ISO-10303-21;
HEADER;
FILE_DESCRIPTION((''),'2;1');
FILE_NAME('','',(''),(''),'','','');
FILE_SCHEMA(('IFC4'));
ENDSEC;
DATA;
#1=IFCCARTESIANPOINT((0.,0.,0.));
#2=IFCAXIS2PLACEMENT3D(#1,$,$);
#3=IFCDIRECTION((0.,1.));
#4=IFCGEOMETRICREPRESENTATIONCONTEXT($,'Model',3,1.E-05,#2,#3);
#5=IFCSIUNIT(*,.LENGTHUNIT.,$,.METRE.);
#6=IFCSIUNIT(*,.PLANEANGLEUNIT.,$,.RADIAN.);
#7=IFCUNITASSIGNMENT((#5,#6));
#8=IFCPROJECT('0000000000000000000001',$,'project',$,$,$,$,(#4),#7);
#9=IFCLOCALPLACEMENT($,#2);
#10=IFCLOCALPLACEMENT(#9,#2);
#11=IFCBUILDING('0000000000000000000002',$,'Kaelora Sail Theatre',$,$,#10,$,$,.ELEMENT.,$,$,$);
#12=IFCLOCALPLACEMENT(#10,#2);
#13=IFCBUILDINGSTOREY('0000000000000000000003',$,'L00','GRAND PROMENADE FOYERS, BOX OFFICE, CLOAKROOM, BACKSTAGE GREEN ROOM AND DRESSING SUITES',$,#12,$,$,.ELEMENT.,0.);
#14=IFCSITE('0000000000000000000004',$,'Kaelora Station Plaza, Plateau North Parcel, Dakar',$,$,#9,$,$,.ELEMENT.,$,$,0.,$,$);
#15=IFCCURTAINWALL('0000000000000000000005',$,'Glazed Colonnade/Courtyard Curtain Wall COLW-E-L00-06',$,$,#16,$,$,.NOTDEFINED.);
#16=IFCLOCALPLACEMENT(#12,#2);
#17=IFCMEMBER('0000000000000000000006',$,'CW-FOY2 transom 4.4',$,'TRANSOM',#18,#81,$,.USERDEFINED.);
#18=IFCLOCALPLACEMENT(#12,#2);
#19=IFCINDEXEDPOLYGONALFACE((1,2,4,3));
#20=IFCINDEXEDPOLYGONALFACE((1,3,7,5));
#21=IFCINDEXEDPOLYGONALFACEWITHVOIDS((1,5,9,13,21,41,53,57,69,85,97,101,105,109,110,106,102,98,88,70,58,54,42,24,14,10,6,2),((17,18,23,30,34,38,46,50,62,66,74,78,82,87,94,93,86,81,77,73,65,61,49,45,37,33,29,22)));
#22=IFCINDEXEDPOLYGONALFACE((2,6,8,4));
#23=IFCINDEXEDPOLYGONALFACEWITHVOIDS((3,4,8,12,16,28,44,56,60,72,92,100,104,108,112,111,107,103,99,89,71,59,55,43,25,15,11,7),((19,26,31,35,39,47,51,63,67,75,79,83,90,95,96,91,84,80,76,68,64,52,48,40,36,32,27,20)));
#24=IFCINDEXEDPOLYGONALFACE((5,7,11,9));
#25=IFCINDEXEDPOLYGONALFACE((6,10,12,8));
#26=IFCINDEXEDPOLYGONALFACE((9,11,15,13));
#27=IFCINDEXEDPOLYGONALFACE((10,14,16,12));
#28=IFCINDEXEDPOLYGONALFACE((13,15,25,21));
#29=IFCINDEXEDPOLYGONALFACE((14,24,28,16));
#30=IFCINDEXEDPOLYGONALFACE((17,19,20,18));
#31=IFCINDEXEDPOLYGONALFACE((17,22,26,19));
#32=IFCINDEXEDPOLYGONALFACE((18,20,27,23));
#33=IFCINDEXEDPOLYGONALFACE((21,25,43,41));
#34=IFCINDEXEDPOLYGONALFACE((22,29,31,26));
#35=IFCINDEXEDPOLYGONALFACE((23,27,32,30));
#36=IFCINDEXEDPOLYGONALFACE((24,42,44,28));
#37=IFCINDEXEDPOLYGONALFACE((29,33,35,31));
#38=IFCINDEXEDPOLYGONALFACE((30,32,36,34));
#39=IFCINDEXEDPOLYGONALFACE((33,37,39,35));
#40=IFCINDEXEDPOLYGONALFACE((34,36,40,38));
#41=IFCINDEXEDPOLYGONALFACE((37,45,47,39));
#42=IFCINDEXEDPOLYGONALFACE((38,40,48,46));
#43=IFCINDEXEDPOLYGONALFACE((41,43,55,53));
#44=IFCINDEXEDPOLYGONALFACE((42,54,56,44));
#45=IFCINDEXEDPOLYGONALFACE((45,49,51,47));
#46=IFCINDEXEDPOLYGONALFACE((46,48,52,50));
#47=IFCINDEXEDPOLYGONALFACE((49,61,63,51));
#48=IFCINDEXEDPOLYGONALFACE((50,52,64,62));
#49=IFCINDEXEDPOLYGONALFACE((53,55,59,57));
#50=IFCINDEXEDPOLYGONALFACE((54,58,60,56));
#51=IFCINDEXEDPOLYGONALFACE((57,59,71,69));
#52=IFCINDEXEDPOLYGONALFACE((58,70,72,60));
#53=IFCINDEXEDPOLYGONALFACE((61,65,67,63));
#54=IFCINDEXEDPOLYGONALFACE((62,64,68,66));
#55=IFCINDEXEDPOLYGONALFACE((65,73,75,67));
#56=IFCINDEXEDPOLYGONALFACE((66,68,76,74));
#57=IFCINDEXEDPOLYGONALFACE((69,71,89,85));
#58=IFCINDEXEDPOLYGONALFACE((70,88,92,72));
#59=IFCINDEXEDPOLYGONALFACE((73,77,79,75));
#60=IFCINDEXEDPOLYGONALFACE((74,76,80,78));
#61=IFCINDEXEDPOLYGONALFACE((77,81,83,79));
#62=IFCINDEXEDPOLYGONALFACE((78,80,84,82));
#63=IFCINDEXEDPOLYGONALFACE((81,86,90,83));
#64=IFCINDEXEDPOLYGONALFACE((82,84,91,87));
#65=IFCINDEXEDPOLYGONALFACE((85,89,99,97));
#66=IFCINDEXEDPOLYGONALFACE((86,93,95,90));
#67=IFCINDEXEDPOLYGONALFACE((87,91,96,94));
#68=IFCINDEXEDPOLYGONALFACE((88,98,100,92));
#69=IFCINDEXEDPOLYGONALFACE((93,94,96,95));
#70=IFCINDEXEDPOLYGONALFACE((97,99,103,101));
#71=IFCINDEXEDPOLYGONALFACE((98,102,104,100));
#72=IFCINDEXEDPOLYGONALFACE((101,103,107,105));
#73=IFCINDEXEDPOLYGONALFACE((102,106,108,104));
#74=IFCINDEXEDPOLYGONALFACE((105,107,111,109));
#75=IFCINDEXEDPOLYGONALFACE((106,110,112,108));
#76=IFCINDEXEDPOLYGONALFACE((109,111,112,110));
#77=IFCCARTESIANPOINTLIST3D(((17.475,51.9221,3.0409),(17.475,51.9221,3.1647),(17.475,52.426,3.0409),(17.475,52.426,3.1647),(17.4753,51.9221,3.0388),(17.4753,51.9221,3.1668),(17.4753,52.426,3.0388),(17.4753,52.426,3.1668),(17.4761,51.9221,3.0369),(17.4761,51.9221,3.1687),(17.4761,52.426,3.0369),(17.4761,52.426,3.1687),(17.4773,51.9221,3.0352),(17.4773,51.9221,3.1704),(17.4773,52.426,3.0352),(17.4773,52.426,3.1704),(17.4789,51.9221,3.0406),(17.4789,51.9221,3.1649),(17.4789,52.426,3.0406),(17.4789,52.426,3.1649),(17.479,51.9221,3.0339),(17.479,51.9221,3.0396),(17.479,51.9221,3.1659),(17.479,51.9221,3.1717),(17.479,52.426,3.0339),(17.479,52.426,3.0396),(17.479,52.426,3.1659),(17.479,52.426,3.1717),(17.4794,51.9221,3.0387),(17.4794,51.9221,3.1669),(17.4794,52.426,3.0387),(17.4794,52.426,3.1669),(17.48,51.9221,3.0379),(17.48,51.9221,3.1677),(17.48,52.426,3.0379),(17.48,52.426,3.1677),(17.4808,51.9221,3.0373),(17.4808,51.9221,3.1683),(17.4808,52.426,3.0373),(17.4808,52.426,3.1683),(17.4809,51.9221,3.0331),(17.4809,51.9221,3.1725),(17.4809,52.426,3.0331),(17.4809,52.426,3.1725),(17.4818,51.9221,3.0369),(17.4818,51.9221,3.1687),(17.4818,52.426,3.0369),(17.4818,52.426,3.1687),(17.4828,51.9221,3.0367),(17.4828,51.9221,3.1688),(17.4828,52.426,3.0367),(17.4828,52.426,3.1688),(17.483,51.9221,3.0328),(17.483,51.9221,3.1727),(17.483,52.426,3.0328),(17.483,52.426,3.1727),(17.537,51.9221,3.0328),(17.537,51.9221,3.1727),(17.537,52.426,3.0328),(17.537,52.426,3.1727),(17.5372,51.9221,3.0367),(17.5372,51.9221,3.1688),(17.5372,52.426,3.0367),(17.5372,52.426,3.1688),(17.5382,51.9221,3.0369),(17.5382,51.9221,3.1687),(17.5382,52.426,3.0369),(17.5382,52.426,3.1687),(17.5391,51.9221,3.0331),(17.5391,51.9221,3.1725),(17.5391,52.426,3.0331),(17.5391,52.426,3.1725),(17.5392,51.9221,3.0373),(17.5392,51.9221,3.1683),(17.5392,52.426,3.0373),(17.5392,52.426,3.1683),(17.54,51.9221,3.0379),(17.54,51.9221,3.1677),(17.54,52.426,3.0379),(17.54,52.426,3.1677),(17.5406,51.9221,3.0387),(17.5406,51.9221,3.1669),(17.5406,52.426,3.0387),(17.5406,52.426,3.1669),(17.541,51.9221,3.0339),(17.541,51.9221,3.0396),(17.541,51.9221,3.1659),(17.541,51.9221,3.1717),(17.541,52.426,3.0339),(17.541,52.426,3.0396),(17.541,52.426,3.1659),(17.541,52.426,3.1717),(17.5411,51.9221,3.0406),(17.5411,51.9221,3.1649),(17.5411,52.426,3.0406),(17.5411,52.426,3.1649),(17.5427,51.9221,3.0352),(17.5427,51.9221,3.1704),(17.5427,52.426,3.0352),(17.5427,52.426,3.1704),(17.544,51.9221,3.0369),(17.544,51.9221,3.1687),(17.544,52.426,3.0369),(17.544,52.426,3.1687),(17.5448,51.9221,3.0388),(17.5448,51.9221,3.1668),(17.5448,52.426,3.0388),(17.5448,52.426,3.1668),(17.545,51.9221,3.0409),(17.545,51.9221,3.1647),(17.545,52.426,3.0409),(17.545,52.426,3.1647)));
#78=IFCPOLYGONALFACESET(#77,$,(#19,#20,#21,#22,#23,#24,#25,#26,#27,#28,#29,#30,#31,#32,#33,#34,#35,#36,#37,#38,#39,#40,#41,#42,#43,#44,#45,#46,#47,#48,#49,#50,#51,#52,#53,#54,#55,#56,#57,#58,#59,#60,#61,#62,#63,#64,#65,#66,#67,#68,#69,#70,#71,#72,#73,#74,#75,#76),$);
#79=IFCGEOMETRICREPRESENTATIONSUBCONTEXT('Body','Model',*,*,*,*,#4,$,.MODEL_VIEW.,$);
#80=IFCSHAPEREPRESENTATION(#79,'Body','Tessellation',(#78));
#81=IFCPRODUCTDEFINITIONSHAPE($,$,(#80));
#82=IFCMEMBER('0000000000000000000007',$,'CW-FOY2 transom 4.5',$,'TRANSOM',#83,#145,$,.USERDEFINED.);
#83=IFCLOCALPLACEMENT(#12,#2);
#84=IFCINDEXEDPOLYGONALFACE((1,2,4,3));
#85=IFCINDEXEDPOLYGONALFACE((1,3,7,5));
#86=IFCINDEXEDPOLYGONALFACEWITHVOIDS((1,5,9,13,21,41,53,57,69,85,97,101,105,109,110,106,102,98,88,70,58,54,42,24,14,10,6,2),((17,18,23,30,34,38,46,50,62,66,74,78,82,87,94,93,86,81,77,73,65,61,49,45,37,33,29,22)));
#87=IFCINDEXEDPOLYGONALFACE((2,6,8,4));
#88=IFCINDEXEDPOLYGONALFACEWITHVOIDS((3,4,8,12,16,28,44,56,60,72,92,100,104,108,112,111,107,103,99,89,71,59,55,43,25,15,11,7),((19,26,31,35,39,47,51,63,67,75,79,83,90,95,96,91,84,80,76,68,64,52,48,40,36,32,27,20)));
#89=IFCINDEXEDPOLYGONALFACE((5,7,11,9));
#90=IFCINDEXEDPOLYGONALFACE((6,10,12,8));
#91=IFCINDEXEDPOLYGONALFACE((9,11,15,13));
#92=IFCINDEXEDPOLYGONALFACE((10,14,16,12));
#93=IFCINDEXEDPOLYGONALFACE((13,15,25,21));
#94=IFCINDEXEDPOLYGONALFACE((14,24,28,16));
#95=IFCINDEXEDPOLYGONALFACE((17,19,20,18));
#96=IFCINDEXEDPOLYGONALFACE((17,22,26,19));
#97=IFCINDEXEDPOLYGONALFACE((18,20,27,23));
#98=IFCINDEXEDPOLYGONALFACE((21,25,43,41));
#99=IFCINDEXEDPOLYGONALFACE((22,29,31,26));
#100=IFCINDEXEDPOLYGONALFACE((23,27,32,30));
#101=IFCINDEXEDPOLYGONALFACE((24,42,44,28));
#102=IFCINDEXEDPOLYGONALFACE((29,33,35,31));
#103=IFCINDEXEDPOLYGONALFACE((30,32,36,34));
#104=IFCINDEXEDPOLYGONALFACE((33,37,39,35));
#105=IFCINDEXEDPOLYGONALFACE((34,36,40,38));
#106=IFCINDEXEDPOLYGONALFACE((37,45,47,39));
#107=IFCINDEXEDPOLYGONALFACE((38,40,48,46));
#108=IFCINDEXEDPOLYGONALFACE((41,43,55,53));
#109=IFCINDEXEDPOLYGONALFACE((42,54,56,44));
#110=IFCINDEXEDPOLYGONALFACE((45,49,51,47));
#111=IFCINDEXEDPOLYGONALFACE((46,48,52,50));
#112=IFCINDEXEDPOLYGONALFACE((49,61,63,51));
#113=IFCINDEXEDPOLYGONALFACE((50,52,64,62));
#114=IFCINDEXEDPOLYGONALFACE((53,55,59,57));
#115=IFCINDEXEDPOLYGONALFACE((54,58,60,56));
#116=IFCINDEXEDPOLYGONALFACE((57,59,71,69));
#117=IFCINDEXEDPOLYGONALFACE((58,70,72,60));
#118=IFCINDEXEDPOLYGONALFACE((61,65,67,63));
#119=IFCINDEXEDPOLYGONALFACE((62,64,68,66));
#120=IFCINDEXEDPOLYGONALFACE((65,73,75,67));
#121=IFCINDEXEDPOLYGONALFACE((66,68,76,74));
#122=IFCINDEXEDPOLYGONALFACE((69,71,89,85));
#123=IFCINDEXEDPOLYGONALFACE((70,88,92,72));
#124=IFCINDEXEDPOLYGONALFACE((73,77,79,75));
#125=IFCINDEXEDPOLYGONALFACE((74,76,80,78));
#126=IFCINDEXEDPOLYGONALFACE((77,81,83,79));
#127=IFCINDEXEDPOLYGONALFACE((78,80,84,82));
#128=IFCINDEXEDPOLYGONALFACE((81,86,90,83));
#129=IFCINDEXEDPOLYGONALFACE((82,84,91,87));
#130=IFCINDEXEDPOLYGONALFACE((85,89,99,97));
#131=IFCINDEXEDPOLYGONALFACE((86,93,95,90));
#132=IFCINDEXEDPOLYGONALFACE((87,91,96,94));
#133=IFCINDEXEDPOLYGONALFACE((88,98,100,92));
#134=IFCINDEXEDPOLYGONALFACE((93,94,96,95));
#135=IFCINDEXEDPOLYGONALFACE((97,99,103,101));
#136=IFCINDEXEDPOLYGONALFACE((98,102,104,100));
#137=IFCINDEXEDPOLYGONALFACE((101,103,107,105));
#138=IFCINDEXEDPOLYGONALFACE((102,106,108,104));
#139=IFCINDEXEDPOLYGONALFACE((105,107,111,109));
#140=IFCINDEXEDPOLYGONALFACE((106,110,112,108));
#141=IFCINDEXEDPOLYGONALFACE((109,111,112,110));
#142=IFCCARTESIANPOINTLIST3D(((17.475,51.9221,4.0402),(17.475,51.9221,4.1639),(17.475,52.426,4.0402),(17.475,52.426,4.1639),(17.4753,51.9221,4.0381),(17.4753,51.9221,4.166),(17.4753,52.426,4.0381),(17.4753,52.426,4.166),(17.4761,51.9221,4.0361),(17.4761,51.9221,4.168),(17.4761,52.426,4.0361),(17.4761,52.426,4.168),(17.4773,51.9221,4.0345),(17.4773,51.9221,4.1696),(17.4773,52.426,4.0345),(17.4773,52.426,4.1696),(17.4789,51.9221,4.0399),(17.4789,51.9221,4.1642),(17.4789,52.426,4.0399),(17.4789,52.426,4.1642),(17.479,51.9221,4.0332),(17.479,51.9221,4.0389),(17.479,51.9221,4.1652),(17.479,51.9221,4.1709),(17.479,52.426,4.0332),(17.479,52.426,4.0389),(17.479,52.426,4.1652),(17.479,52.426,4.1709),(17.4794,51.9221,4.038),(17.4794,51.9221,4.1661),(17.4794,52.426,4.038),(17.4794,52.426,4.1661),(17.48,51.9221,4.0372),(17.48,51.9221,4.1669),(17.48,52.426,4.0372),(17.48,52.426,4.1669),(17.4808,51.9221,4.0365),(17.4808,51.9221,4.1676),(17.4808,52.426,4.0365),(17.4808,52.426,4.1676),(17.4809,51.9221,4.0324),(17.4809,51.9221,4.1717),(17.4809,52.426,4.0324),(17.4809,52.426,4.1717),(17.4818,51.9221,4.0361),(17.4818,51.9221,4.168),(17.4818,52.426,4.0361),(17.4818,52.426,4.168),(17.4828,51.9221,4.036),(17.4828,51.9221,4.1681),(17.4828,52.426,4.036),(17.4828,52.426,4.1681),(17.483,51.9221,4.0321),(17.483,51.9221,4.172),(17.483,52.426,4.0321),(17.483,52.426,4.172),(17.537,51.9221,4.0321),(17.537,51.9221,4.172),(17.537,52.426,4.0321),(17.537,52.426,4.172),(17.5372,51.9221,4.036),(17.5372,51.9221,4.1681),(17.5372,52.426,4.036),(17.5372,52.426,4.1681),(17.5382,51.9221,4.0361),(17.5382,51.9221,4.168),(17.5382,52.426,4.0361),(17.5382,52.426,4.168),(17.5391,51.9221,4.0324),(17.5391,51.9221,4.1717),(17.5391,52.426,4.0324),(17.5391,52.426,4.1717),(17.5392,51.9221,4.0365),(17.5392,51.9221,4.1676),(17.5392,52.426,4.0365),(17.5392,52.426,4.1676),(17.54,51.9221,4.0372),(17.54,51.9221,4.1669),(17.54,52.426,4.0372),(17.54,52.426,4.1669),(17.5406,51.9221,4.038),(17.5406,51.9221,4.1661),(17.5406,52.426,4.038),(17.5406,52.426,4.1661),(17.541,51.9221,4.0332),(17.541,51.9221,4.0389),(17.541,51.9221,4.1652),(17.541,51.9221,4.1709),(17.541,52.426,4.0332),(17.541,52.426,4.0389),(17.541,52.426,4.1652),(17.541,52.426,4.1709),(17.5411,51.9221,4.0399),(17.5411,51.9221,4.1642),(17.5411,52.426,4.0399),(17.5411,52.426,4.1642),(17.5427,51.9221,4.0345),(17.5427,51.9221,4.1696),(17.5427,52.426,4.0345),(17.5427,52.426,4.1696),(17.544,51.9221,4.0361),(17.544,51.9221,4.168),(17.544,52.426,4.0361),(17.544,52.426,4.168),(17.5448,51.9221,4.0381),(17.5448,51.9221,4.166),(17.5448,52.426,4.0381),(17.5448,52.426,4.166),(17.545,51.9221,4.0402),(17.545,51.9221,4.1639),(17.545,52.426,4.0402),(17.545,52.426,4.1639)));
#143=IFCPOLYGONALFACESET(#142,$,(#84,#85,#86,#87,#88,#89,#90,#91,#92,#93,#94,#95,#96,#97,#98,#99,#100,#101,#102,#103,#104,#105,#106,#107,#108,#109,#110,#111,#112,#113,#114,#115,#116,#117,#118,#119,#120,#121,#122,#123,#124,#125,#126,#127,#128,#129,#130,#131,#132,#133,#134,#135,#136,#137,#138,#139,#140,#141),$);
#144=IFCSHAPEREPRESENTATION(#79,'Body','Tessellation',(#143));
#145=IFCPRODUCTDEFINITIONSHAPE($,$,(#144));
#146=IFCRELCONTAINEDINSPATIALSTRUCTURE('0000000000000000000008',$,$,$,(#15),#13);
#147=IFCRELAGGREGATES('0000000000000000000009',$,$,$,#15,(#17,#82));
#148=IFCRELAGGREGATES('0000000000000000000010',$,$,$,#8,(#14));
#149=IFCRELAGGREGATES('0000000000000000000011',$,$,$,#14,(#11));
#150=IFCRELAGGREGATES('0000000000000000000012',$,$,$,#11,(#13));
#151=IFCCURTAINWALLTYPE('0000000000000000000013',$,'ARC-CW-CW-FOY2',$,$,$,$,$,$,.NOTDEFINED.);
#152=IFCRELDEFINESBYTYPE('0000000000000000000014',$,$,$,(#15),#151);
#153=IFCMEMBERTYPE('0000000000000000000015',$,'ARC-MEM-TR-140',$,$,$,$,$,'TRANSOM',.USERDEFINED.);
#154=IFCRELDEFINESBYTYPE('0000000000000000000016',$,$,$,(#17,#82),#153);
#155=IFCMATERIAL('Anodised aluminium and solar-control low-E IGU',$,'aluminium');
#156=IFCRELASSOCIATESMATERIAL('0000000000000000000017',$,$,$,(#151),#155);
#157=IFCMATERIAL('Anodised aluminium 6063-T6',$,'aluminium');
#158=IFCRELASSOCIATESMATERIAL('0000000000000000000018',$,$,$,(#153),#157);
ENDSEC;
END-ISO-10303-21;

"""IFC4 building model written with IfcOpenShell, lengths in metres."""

from ifc_helpers import new_model, si_unit, direction, frame, origin, origin_2d, place, context, subcontext, project, spatial, hollow_rectangle, extrude, material, material_profile, profile_set, type_object, element, aggregate, save


model = new_model("IFC4")

# Units and contexts
model_context = context("Model", 3, precision=1e-05, world=origin(), true_north=direction((0.0, 1.0)))
body_context = subcontext(model_context, "Body", "Model", "MODEL_VIEW")
ifc_project = project(units=[si_unit("LENGTHUNIT", "METRE"), si_unit("PLANEANGLEUNIT", "RADIAN")], contexts=[model_context])

# Site, building, storey
site_placement = place(None, origin())
site = spatial("IfcSite", under=ifc_project, at=site_placement, Name="Kaelora Station Plaza, Plateau North Parcel, Dakar", CompositionType="ELEMENT", RefElevation=0.0)
building_placement = place(site_placement, origin())
building = spatial("IfcBuilding", under=site, at=building_placement, Name="Kaelora Sail Theatre", CompositionType="ELEMENT")
storey_placement = place(building_placement, origin())
storey = spatial("IfcBuildingStorey", under=building, at=storey_placement, Name="L00", Description="GRAND PROMENADE FOYERS, BOX OFFICE, CLOAKROOM, BACKSTAGE GREEN ROOM AND DRESSING SUITES", CompositionType="ELEMENT", Elevation=0.0)

# Curtain wall, members
ifc_material_1 = material(Name="Anodised aluminium and solar-control low-E IGU", Category="aluminium")
curtain_wall_type = type_object("IfcCurtainWallType", Name="ARC-CW-CW-FOY2", PredefinedType="NOTDEFINED", material=ifc_material_1)
curtain_wall_placement = place(storey_placement, origin())
curtain_wall = element("IfcCurtainWall", 1, at=curtain_wall_placement, inside=storey, type_object=curtain_wall_type, Name="Glazed Colonnade/Courtyard Curtain Wall COLW-E-L00-06", PredefinedType="NOTDEFINED")
ifc_material_2 = material(Name="Anodised aluminium 6063-T6", Category="aluminium")
ifc_material_profile_1 = material_profile(ifc_material_2, hollow_rectangle(XDim=0.0701, YDim=0.1399, WallThickness=0.0039, InnerFilletRadius=0.0039, OuterFilletRadius=0.0081, at=origin_2d()), Name="ALU-TRAN 70x140x4")
ifc_profile_set_1 = profile_set([ifc_material_profile_1], Name="Anodised aluminium 6063-T6")
member_type_1 = type_object("IfcMemberType", Name="ARC-MEM-TR-140", ElementType="TRANSOM", PredefinedType="USERDEFINED", material=ifc_profile_set_1)
member_1_placement = place(storey_placement, frame((17.51, 51.9221, 3.1028), z_axis=(0.0, 1.0, 0.0), x_axis=(-1.0, 0.0, 0.0)))
member_1 = element("IfcMember", 2, at=member_1_placement, type_object=member_type_1, Name="CW-FOY2 transom 4.4", ObjectType="TRANSOM", PredefinedType="USERDEFINED", context=body_context, shape_type="SweptSolid", body=[
    extrude(hollow_rectangle(XDim=0.0701, YDim=0.1399, WallThickness=0.0039, InnerFilletRadius=0.0039, OuterFilletRadius=0.0081, at=origin_2d()), origin(), (0.0, 0.0, 1.0), 0.5039),
])
member_2_placement = place(storey_placement, frame((17.51, 51.9221, 4.1021), z_axis=(0.0, 1.0, 0.0), x_axis=(-1.0, 0.0, 0.0)))
member_2 = element("IfcMember", 3, at=member_2_placement, type_object=member_type_1, Name="CW-FOY2 transom 4.5", ObjectType="TRANSOM", PredefinedType="USERDEFINED", context=body_context, shape_type="SweptSolid", body=[
    extrude(hollow_rectangle(XDim=0.0701, YDim=0.1399, WallThickness=0.0039, InnerFilletRadius=0.0039, OuterFilletRadius=0.0081, at=origin_2d()), origin(), (0.0, 0.0, 1.0), 0.5039),
])
aggregate(curtain_wall, [member_1, member_2])

save(model, "model.ifc")
